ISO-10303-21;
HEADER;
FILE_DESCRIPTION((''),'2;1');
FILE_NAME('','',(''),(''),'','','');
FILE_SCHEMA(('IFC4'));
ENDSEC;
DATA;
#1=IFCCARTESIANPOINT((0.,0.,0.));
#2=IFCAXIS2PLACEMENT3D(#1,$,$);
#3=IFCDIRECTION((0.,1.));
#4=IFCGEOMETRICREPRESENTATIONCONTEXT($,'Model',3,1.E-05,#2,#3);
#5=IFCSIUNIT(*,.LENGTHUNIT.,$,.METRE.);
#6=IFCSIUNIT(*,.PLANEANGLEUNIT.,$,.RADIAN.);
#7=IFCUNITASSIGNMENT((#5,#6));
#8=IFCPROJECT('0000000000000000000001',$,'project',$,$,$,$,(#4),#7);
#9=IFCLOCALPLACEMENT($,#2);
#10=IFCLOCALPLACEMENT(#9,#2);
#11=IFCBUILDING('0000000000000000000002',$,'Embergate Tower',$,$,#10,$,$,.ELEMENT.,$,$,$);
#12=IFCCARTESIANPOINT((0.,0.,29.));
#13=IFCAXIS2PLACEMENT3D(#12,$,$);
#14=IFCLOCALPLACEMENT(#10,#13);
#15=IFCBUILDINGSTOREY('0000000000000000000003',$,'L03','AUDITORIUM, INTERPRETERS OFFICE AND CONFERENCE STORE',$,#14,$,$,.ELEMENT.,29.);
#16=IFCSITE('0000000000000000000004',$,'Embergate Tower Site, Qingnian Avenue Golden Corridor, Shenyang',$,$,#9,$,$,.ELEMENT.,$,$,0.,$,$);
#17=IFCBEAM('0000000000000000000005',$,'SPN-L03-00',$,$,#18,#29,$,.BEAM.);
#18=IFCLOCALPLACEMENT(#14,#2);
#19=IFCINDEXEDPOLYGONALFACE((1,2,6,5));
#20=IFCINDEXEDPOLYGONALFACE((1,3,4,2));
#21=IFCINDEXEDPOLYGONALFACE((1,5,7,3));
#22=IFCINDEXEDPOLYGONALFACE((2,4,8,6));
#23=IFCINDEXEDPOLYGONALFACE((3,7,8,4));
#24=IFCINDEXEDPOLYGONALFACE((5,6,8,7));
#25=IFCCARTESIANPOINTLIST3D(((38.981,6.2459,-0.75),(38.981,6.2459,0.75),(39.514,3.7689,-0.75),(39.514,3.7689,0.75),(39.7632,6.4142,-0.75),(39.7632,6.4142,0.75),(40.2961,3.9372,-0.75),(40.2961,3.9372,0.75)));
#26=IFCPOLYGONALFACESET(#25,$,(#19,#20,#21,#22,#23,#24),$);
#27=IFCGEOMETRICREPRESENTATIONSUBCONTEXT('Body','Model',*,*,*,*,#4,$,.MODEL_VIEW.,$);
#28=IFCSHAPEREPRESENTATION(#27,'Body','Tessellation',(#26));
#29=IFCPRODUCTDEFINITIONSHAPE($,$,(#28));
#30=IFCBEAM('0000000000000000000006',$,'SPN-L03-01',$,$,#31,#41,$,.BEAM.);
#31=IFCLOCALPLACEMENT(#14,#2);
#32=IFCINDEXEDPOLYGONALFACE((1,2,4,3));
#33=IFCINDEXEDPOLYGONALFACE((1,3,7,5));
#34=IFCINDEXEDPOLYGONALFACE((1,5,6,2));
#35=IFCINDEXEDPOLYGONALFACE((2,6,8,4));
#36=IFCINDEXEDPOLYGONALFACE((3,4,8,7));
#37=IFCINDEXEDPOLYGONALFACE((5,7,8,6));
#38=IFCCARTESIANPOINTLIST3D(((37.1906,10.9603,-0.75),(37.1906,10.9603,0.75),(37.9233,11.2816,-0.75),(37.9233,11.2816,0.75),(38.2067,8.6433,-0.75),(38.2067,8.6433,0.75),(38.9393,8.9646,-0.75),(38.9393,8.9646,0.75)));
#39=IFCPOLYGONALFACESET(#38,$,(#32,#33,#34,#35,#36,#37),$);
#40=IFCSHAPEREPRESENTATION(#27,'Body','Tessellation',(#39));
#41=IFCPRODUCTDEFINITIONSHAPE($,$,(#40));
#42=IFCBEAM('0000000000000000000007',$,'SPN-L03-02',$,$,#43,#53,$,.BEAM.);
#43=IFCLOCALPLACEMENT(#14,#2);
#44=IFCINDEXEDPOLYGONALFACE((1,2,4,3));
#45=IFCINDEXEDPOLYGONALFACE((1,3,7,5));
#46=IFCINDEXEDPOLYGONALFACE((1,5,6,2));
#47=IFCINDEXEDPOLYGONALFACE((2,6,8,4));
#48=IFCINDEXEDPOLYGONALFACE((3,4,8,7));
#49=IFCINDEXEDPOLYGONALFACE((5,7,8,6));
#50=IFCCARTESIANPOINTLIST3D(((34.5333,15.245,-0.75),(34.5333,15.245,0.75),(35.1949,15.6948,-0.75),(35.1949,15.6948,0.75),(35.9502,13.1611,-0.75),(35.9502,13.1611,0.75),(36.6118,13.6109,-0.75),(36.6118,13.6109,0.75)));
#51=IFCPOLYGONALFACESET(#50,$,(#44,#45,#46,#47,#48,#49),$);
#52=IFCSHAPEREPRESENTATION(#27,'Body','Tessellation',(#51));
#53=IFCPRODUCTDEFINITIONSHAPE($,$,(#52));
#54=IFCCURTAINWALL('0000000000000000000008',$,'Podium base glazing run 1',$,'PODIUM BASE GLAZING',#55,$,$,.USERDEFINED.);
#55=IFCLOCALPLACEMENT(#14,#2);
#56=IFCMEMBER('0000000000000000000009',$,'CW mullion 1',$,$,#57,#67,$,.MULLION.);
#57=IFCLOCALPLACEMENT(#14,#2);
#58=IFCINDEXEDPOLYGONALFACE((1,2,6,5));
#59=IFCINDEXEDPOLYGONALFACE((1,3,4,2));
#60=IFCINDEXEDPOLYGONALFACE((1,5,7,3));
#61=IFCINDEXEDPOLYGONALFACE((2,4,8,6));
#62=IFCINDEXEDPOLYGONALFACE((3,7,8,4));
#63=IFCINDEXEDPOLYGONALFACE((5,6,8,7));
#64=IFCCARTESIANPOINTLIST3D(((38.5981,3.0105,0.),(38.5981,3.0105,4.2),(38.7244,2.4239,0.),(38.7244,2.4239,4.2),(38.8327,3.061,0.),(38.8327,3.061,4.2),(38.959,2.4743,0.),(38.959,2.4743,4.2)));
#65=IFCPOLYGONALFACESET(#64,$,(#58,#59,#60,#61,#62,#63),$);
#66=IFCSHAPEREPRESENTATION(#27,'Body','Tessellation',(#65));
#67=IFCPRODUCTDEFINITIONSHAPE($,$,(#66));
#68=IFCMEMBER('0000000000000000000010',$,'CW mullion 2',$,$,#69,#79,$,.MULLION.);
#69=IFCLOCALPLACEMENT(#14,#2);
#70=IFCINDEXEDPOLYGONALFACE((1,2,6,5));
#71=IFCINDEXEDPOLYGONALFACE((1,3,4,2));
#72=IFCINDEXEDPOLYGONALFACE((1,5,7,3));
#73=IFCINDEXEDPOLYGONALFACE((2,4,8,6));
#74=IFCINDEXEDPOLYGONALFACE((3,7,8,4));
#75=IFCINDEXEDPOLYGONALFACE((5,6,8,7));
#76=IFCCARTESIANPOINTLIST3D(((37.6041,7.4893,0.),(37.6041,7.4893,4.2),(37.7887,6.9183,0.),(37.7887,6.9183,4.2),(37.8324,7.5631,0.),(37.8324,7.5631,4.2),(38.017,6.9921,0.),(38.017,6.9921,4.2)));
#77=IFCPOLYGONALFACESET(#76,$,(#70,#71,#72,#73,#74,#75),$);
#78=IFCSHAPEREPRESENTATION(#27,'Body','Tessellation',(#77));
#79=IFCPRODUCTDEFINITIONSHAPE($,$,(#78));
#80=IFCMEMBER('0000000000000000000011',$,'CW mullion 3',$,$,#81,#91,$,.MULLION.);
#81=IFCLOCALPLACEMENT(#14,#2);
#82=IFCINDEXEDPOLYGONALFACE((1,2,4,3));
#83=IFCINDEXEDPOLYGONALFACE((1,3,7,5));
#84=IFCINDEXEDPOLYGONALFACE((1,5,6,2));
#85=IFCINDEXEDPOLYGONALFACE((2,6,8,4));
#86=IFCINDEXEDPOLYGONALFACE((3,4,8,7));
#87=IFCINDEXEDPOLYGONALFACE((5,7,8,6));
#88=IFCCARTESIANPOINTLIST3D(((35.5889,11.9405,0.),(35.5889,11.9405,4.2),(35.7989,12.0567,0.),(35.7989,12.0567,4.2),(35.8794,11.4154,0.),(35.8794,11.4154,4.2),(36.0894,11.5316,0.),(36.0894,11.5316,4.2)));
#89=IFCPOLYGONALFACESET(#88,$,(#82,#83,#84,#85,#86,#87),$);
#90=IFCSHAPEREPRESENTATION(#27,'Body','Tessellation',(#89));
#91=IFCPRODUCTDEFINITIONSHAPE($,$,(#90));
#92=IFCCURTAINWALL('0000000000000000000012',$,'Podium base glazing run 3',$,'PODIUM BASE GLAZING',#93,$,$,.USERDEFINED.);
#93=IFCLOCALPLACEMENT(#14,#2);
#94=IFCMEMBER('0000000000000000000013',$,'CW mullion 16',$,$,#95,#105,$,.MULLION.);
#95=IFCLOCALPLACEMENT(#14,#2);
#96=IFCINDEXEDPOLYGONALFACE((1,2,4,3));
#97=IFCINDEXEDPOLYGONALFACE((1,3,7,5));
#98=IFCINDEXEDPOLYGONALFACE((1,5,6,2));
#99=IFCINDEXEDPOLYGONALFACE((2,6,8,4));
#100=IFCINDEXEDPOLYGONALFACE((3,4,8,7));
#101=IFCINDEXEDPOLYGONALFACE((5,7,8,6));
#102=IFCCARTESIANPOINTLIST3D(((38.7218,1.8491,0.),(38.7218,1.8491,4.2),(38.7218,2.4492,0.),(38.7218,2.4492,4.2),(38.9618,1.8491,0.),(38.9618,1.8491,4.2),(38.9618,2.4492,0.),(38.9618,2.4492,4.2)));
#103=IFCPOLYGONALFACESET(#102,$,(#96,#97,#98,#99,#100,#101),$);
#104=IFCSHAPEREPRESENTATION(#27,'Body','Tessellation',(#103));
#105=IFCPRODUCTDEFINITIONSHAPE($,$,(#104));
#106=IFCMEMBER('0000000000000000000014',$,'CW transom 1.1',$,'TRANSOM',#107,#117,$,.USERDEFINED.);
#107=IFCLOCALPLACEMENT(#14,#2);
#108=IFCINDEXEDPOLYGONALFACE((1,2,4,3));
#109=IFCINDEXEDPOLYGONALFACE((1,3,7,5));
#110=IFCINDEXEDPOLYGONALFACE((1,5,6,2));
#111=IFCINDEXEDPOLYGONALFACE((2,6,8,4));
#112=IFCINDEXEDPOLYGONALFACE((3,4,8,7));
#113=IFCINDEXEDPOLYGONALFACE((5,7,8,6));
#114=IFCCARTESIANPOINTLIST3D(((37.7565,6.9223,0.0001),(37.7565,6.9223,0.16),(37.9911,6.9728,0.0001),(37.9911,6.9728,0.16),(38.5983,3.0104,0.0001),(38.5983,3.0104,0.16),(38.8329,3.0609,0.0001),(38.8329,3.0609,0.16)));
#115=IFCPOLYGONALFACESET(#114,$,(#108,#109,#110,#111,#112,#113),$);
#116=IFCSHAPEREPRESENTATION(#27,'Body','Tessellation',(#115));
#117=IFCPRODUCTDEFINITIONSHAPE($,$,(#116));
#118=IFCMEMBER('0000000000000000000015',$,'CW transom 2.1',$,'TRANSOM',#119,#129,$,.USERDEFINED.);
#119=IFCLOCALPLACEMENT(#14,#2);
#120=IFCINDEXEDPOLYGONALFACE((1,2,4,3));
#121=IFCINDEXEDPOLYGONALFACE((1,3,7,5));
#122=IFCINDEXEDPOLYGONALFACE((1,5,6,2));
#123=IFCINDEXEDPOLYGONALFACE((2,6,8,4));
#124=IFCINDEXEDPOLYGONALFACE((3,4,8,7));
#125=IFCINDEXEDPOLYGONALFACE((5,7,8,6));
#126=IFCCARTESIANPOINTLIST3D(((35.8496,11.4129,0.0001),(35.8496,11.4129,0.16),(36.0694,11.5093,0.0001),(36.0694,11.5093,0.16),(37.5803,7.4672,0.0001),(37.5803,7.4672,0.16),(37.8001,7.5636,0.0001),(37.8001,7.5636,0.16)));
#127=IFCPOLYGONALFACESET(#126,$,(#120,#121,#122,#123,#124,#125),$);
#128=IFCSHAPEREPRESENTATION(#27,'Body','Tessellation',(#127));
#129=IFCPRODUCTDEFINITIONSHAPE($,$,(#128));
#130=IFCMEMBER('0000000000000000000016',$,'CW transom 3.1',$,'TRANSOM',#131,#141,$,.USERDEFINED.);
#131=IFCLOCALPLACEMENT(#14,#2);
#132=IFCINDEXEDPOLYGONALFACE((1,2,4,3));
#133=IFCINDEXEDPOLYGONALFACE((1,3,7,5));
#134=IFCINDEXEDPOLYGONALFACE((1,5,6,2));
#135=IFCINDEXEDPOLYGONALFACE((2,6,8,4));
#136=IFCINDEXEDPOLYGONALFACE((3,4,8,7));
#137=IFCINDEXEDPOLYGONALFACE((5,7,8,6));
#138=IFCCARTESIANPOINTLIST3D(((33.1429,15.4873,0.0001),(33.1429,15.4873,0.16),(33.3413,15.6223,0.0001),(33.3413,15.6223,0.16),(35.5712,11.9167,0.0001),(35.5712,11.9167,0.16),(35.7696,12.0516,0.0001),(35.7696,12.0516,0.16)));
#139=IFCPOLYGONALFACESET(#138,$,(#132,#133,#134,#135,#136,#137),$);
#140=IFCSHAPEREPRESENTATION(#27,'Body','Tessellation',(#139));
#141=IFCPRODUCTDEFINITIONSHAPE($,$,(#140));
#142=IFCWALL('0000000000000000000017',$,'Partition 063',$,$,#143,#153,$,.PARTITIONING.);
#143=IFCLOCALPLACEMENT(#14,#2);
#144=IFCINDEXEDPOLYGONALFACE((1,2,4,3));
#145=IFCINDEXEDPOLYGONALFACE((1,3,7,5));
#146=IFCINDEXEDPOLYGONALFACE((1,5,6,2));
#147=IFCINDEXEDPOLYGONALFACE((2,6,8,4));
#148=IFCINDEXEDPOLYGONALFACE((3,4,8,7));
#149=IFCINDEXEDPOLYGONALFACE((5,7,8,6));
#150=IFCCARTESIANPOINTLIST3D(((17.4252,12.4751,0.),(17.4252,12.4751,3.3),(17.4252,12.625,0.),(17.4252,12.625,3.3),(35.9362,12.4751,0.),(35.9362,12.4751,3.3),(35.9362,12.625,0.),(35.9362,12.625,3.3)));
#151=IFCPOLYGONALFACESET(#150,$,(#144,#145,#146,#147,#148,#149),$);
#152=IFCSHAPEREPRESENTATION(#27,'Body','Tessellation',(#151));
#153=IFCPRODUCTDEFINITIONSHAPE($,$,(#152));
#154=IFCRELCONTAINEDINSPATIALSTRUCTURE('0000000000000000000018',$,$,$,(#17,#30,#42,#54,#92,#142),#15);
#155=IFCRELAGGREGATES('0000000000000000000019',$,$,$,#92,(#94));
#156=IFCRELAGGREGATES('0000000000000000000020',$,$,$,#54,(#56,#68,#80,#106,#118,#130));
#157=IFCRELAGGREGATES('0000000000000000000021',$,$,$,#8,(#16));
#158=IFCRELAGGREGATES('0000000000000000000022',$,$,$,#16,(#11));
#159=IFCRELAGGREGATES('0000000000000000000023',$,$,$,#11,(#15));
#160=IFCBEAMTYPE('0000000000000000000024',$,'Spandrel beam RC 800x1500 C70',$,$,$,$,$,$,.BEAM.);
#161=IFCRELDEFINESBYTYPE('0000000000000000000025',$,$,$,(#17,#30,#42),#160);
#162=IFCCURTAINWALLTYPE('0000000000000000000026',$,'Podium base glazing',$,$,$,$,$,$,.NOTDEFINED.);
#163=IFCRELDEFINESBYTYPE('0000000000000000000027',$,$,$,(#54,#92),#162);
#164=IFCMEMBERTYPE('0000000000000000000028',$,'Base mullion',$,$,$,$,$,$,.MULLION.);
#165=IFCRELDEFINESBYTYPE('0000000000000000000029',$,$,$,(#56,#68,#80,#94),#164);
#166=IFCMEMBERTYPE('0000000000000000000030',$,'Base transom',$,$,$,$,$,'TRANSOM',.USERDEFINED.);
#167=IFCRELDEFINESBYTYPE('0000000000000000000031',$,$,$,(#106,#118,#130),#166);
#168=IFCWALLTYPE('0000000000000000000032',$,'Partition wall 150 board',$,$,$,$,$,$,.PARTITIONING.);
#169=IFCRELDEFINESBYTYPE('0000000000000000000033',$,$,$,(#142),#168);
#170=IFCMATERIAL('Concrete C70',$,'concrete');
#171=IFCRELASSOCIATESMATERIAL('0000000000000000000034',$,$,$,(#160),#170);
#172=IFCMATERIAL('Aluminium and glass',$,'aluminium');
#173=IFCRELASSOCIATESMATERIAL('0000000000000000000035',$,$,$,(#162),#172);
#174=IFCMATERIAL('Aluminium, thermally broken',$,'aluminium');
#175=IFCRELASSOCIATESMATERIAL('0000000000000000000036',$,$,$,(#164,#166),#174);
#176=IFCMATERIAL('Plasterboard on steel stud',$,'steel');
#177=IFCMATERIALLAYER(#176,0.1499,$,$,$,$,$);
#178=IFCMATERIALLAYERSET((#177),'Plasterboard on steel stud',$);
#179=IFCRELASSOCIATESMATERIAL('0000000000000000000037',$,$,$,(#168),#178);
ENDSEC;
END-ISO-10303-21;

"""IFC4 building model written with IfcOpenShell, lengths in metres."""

from ifc_helpers import new_model, si_unit, direction, frame, frame_2d, origin, origin_2d, place, context, subcontext, project, spatial, rectangle, extrude, source, transform, mapped, material, layer, layer_set, material_profile, profile_set, type_object, element, aggregate, save


model = new_model("IFC4")

# Units and contexts
model_context = context("Model", 3, precision=1e-05, world=origin(), true_north=direction((0.0, 1.0)))
body_context = subcontext(model_context, "Body", "Model", "MODEL_VIEW")
ifc_project = project(units=[si_unit("LENGTHUNIT", "METRE"), si_unit("PLANEANGLEUNIT", "RADIAN")], contexts=[model_context])

# Site, building, storey
site_placement = place(None, origin())
site = spatial("IfcSite", under=ifc_project, at=site_placement, Name="Embergate Tower Site, Qingnian Avenue Golden Corridor, Shenyang", CompositionType="ELEMENT", RefElevation=0.0)
building_placement = place(site_placement, origin())
building = spatial("IfcBuilding", under=site, at=building_placement, Name="Embergate Tower", CompositionType="ELEMENT")
storey_placement = place(building_placement, frame((0.0, 0.0, 29.0)))
storey = spatial("IfcBuildingStorey", under=building, at=storey_placement, Name="L03", Description="AUDITORIUM, INTERPRETERS OFFICE AND CONFERENCE STORE", CompositionType="ELEMENT", Elevation=29.0)

# Beams
ifc_material_1 = material(Name="Concrete C70", Category="concrete")
ifc_material_profile_1 = material_profile(ifc_material_1, rectangle(XDim=0.8, YDim=1.5, at=origin_2d()), Name="RC 800x1500")
ifc_profile_set_1 = profile_set([ifc_material_profile_1], Name="Concrete C70")
beam_type = type_object("IfcBeamType", Name="Spandrel beam RC 800x1500 C70", PredefinedType="BEAM", material=ifc_profile_set_1)
shared_shape_1 = source(origin(), body_context, "Body", "SweptSolid", [
    extrude(rectangle(XDim=0.8, YDim=1.5, at=origin_2d()), origin(), (0.0, 0.0, 1.0), 2.5337),
])
beam_1_placement = place(storey_placement, frame((39.905, 3.853, 0.0), z_axis=(-0.210345, 0.977627, 0.0), x_axis=(-0.977627, -0.210345, 0.0)))
element("IfcBeam", 1, at=beam_1_placement, inside=storey, type_object=beam_type, Name="SPN-L03-00", PredefinedType="BEAM", context=body_context, shape_type="MappedRepresentation", body=[
    mapped(shared_shape_1, transform((0.0, 0.0, 0.0))),
])
shared_shape_2 = source(origin(), body_context, "Body", "SweptSolid", [
    extrude(rectangle(XDim=0.8, YDim=1.5, at=origin_2d()), origin(), (0.0, 0.0, 1.0), 2.53),
])
beam_2_placement = place(storey_placement, frame((38.573, 8.804, 0.0), z_axis=(-0.401603, 0.915814, 0.0), x_axis=(-0.915814, -0.401603, 0.0)))
element("IfcBeam", 2, at=beam_2_placement, inside=storey, type_object=beam_type, Name="SPN-L03-01", PredefinedType="BEAM", context=body_context, shape_type="MappedRepresentation", body=[
    mapped(shared_shape_2, transform((0.0, 0.0, 0.0))),
])
shared_shape_3 = source(origin(), body_context, "Body", "SweptSolid", [
    extrude(rectangle(XDim=0.8, YDim=1.5, at=origin_2d()), origin(), (0.0, 0.0, 1.0), 2.52),
])
beam_3_placement = place(storey_placement, frame((36.281, 13.386, 0.0), z_axis=(-0.562278, 0.826948, 0.0), x_axis=(-0.826948, -0.562278, 0.0)))
element("IfcBeam", 3, at=beam_3_placement, inside=storey, type_object=beam_type, Name="SPN-L03-02", PredefinedType="BEAM", context=body_context, shape_type="MappedRepresentation", body=[
    mapped(shared_shape_3, transform((0.0, 0.0, 0.0))),
])

# Curtain wall, members
ifc_material_2 = material(Name="Aluminium and glass", Category="aluminium")
curtain_wall_type = type_object("IfcCurtainWallType", Name="Podium base glazing", PredefinedType="NOTDEFINED", material=ifc_material_2)
curtain_wall_1_placement = place(storey_placement, origin())
curtain_wall_1 = element("IfcCurtainWall", 4, at=curtain_wall_1_placement, inside=storey, type_object=curtain_wall_type, Name="Podium base glazing run 1", ObjectType="PODIUM BASE GLAZING", PredefinedType="USERDEFINED")
ifc_material_3 = material(Name="Aluminium, thermally broken", Category="aluminium")
ifc_material_profile_2 = material_profile(ifc_material_3, rectangle(XDim=0.24, YDim=0.6001, at=origin_2d()), Name="AL 600x240")
ifc_profile_set_2 = profile_set([ifc_material_profile_2], Name="Aluminium, thermally broken")
member_type_1 = type_object("IfcMemberType", Name="Base mullion", PredefinedType="MULLION", material=ifc_profile_set_2)
shared_shape_4 = source(origin(), body_context, "Body", "SweptSolid", [
    extrude(rectangle(XDim=0.24, YDim=0.6001, at=origin_2d()), origin(), (0.0, 0.0, 1.0), 4.2),
])
member_1_placement = place(storey_placement, frame((38.7786, 2.7424, 0.0), z_axis=(0.0, 0.0, 1.0), x_axis=(-0.977617, -0.210393, 0.0)))
member_1 = element("IfcMember", 5, at=member_1_placement, type_object=member_type_1, Name="CW mullion 1", PredefinedType="MULLION", context=body_context, shape_type="MappedRepresentation", body=[
    mapped(shared_shape_4, transform((0.0, 0.0, 0.0))),
])
member_2_placement = place(storey_placement, frame((37.8105, 7.2407, 0.0), z_axis=(0.0, 0.0, 1.0), x_axis=(-0.9515, -0.307649, 0.0)))
member_2 = element("IfcMember", 6, at=member_2_placement, type_object=member_type_1, Name="CW mullion 2", PredefinedType="MULLION", context=body_context, shape_type="MappedRepresentation", body=[
    mapped(shared_shape_4, transform((0.0, 0.0, 0.0))),
])
member_3_placement = place(storey_placement, frame((35.8391, 11.7361, 0.0), z_axis=(0.0, 0.0, 1.0), x_axis=(-0.875007, -0.48411, 0.0)))
member_3 = element("IfcMember", 7, at=member_3_placement, type_object=member_type_1, Name="CW mullion 3", PredefinedType="MULLION", context=body_context, shape_type="MappedRepresentation", body=[
    mapped(shared_shape_4, transform((0.0, 0.0, 0.0))),
])

# Curtain wall, member
curtain_wall_2_placement = place(storey_placement, origin())
curtain_wall_2 = element("IfcCurtainWall", 8, at=curtain_wall_2_placement, inside=storey, type_object=curtain_wall_type, Name="Podium base glazing run 3", ObjectType="PODIUM BASE GLAZING", PredefinedType="USERDEFINED")
member_4_placement = place(storey_placement, frame((38.8418, 2.1492, 0.0), z_axis=(0.0, 0.0, 1.0), x_axis=(-1.0, 0.0, 0.0)))
member_4 = element("IfcMember", 9, at=member_4_placement, type_object=member_type_1, Name="CW mullion 16", PredefinedType="MULLION", context=body_context, shape_type="MappedRepresentation", body=[
    mapped(shared_shape_4, transform((0.0, 0.0, 0.0))),
])
aggregate(curtain_wall_2, [member_4])

# Members
ifc_material_profile_3 = material_profile(ifc_material_3, rectangle(XDim=0.24, YDim=0.1599, at=origin_2d()), Name="AL 160x240")
ifc_profile_set_3 = profile_set([ifc_material_profile_3], Name="Aluminium, thermally broken")
member_type_2 = type_object("IfcMemberType", Name="Base transom", ElementType="TRANSOM", PredefinedType="USERDEFINED", material=ifc_profile_set_3)
shared_shape_5 = source(origin(), body_context, "Body", "SweptSolid", [
    extrude(rectangle(XDim=0.24, YDim=0.1599, at=origin_2d()), origin(), (0.0, 0.0, 1.0), 4.0015),
])
member_5_placement = place(storey_placement, frame((38.7156, 3.0356, 0.0801), z_axis=(-0.210375, 0.977621, 0.0), x_axis=(-0.977621, -0.210375, 0.0)))
member_5 = element("IfcMember", 10, at=member_5_placement, type_object=member_type_2, Name="CW transom 1.1", ObjectType="TRANSOM", PredefinedType="USERDEFINED", context=body_context, shape_type="MappedRepresentation", body=[
    mapped(shared_shape_5, transform((0.0, 0.0, 0.0))),
])
shared_shape_6 = source(origin(), body_context, "Body", "SweptSolid", [
    extrude(rectangle(XDim=0.24, YDim=0.1599, at=origin_2d()), origin(), (0.0, 0.0, 1.0), 4.3086),
])
member_6_placement = place(storey_placement, frame((37.6902, 7.5154, 0.0801), z_axis=(-0.401681, 0.91578, 0.0), x_axis=(-0.91578, -0.401681, 0.0)))
member_6 = element("IfcMember", 11, at=member_6_placement, type_object=member_type_2, Name="CW transom 2.1", ObjectType="TRANSOM", PredefinedType="USERDEFINED", context=body_context, shape_type="MappedRepresentation", body=[
    mapped(shared_shape_6, transform((0.0, 0.0, 0.0))),
])
shared_shape_7 = source(origin(), body_context, "Body", "SweptSolid", [
    extrude(rectangle(XDim=0.24, YDim=0.1599, at=origin_2d()), origin(), (0.0, 0.0, 1.0), 4.3181),
])
member_7_placement = place(storey_placement, frame((35.6704, 11.9841, 0.0801), z_axis=(-0.562349, 0.8269, 0.0), x_axis=(-0.8269, -0.562349, 0.0)))
member_7 = element("IfcMember", 12, at=member_7_placement, type_object=member_type_2, Name="CW transom 3.1", ObjectType="TRANSOM", PredefinedType="USERDEFINED", context=body_context, shape_type="MappedRepresentation", body=[
    mapped(shared_shape_7, transform((0.0, 0.0, 0.0))),
])
aggregate(curtain_wall_1, [member_1, member_2, member_3, member_5, member_6, member_7])

# Wall
ifc_material_4 = material(Name="Plasterboard on steel stud", Category="steel")
ifc_layer_1 = layer(ifc_material_4, 0.1499)
ifc_layer_set_1 = layer_set([ifc_layer_1], Name="Plasterboard on steel stud")
wall_type_1 = type_object("IfcWallType", Name="Partition wall 150 board", PredefinedType="PARTITIONING", material=ifc_layer_set_1)
shared_shape_8 = source(origin(), body_context, "Body", "SweptSolid", [
    extrude(rectangle(XDim=18.511, YDim=0.1499, at=frame_2d((9.2554, 0.0))), origin(), (0.0, 0.0, 1.0), 3.3),
])
wall_1_placement = place(storey_placement, frame((35.936, 12.55, 0.0), z_axis=(0.0, 0.0, 1.0), x_axis=(-1.0, 0.0, 0.0)))
element("IfcWall", 13, at=wall_1_placement, inside=storey, type_object=wall_type_1, Name="Partition 063", PredefinedType="PARTITIONING", context=body_context, shape_type="MappedRepresentation", body=[
    mapped(shared_shape_8, transform((0.0, 0.0, 0.0))),
])

save(model, "model.ifc")
